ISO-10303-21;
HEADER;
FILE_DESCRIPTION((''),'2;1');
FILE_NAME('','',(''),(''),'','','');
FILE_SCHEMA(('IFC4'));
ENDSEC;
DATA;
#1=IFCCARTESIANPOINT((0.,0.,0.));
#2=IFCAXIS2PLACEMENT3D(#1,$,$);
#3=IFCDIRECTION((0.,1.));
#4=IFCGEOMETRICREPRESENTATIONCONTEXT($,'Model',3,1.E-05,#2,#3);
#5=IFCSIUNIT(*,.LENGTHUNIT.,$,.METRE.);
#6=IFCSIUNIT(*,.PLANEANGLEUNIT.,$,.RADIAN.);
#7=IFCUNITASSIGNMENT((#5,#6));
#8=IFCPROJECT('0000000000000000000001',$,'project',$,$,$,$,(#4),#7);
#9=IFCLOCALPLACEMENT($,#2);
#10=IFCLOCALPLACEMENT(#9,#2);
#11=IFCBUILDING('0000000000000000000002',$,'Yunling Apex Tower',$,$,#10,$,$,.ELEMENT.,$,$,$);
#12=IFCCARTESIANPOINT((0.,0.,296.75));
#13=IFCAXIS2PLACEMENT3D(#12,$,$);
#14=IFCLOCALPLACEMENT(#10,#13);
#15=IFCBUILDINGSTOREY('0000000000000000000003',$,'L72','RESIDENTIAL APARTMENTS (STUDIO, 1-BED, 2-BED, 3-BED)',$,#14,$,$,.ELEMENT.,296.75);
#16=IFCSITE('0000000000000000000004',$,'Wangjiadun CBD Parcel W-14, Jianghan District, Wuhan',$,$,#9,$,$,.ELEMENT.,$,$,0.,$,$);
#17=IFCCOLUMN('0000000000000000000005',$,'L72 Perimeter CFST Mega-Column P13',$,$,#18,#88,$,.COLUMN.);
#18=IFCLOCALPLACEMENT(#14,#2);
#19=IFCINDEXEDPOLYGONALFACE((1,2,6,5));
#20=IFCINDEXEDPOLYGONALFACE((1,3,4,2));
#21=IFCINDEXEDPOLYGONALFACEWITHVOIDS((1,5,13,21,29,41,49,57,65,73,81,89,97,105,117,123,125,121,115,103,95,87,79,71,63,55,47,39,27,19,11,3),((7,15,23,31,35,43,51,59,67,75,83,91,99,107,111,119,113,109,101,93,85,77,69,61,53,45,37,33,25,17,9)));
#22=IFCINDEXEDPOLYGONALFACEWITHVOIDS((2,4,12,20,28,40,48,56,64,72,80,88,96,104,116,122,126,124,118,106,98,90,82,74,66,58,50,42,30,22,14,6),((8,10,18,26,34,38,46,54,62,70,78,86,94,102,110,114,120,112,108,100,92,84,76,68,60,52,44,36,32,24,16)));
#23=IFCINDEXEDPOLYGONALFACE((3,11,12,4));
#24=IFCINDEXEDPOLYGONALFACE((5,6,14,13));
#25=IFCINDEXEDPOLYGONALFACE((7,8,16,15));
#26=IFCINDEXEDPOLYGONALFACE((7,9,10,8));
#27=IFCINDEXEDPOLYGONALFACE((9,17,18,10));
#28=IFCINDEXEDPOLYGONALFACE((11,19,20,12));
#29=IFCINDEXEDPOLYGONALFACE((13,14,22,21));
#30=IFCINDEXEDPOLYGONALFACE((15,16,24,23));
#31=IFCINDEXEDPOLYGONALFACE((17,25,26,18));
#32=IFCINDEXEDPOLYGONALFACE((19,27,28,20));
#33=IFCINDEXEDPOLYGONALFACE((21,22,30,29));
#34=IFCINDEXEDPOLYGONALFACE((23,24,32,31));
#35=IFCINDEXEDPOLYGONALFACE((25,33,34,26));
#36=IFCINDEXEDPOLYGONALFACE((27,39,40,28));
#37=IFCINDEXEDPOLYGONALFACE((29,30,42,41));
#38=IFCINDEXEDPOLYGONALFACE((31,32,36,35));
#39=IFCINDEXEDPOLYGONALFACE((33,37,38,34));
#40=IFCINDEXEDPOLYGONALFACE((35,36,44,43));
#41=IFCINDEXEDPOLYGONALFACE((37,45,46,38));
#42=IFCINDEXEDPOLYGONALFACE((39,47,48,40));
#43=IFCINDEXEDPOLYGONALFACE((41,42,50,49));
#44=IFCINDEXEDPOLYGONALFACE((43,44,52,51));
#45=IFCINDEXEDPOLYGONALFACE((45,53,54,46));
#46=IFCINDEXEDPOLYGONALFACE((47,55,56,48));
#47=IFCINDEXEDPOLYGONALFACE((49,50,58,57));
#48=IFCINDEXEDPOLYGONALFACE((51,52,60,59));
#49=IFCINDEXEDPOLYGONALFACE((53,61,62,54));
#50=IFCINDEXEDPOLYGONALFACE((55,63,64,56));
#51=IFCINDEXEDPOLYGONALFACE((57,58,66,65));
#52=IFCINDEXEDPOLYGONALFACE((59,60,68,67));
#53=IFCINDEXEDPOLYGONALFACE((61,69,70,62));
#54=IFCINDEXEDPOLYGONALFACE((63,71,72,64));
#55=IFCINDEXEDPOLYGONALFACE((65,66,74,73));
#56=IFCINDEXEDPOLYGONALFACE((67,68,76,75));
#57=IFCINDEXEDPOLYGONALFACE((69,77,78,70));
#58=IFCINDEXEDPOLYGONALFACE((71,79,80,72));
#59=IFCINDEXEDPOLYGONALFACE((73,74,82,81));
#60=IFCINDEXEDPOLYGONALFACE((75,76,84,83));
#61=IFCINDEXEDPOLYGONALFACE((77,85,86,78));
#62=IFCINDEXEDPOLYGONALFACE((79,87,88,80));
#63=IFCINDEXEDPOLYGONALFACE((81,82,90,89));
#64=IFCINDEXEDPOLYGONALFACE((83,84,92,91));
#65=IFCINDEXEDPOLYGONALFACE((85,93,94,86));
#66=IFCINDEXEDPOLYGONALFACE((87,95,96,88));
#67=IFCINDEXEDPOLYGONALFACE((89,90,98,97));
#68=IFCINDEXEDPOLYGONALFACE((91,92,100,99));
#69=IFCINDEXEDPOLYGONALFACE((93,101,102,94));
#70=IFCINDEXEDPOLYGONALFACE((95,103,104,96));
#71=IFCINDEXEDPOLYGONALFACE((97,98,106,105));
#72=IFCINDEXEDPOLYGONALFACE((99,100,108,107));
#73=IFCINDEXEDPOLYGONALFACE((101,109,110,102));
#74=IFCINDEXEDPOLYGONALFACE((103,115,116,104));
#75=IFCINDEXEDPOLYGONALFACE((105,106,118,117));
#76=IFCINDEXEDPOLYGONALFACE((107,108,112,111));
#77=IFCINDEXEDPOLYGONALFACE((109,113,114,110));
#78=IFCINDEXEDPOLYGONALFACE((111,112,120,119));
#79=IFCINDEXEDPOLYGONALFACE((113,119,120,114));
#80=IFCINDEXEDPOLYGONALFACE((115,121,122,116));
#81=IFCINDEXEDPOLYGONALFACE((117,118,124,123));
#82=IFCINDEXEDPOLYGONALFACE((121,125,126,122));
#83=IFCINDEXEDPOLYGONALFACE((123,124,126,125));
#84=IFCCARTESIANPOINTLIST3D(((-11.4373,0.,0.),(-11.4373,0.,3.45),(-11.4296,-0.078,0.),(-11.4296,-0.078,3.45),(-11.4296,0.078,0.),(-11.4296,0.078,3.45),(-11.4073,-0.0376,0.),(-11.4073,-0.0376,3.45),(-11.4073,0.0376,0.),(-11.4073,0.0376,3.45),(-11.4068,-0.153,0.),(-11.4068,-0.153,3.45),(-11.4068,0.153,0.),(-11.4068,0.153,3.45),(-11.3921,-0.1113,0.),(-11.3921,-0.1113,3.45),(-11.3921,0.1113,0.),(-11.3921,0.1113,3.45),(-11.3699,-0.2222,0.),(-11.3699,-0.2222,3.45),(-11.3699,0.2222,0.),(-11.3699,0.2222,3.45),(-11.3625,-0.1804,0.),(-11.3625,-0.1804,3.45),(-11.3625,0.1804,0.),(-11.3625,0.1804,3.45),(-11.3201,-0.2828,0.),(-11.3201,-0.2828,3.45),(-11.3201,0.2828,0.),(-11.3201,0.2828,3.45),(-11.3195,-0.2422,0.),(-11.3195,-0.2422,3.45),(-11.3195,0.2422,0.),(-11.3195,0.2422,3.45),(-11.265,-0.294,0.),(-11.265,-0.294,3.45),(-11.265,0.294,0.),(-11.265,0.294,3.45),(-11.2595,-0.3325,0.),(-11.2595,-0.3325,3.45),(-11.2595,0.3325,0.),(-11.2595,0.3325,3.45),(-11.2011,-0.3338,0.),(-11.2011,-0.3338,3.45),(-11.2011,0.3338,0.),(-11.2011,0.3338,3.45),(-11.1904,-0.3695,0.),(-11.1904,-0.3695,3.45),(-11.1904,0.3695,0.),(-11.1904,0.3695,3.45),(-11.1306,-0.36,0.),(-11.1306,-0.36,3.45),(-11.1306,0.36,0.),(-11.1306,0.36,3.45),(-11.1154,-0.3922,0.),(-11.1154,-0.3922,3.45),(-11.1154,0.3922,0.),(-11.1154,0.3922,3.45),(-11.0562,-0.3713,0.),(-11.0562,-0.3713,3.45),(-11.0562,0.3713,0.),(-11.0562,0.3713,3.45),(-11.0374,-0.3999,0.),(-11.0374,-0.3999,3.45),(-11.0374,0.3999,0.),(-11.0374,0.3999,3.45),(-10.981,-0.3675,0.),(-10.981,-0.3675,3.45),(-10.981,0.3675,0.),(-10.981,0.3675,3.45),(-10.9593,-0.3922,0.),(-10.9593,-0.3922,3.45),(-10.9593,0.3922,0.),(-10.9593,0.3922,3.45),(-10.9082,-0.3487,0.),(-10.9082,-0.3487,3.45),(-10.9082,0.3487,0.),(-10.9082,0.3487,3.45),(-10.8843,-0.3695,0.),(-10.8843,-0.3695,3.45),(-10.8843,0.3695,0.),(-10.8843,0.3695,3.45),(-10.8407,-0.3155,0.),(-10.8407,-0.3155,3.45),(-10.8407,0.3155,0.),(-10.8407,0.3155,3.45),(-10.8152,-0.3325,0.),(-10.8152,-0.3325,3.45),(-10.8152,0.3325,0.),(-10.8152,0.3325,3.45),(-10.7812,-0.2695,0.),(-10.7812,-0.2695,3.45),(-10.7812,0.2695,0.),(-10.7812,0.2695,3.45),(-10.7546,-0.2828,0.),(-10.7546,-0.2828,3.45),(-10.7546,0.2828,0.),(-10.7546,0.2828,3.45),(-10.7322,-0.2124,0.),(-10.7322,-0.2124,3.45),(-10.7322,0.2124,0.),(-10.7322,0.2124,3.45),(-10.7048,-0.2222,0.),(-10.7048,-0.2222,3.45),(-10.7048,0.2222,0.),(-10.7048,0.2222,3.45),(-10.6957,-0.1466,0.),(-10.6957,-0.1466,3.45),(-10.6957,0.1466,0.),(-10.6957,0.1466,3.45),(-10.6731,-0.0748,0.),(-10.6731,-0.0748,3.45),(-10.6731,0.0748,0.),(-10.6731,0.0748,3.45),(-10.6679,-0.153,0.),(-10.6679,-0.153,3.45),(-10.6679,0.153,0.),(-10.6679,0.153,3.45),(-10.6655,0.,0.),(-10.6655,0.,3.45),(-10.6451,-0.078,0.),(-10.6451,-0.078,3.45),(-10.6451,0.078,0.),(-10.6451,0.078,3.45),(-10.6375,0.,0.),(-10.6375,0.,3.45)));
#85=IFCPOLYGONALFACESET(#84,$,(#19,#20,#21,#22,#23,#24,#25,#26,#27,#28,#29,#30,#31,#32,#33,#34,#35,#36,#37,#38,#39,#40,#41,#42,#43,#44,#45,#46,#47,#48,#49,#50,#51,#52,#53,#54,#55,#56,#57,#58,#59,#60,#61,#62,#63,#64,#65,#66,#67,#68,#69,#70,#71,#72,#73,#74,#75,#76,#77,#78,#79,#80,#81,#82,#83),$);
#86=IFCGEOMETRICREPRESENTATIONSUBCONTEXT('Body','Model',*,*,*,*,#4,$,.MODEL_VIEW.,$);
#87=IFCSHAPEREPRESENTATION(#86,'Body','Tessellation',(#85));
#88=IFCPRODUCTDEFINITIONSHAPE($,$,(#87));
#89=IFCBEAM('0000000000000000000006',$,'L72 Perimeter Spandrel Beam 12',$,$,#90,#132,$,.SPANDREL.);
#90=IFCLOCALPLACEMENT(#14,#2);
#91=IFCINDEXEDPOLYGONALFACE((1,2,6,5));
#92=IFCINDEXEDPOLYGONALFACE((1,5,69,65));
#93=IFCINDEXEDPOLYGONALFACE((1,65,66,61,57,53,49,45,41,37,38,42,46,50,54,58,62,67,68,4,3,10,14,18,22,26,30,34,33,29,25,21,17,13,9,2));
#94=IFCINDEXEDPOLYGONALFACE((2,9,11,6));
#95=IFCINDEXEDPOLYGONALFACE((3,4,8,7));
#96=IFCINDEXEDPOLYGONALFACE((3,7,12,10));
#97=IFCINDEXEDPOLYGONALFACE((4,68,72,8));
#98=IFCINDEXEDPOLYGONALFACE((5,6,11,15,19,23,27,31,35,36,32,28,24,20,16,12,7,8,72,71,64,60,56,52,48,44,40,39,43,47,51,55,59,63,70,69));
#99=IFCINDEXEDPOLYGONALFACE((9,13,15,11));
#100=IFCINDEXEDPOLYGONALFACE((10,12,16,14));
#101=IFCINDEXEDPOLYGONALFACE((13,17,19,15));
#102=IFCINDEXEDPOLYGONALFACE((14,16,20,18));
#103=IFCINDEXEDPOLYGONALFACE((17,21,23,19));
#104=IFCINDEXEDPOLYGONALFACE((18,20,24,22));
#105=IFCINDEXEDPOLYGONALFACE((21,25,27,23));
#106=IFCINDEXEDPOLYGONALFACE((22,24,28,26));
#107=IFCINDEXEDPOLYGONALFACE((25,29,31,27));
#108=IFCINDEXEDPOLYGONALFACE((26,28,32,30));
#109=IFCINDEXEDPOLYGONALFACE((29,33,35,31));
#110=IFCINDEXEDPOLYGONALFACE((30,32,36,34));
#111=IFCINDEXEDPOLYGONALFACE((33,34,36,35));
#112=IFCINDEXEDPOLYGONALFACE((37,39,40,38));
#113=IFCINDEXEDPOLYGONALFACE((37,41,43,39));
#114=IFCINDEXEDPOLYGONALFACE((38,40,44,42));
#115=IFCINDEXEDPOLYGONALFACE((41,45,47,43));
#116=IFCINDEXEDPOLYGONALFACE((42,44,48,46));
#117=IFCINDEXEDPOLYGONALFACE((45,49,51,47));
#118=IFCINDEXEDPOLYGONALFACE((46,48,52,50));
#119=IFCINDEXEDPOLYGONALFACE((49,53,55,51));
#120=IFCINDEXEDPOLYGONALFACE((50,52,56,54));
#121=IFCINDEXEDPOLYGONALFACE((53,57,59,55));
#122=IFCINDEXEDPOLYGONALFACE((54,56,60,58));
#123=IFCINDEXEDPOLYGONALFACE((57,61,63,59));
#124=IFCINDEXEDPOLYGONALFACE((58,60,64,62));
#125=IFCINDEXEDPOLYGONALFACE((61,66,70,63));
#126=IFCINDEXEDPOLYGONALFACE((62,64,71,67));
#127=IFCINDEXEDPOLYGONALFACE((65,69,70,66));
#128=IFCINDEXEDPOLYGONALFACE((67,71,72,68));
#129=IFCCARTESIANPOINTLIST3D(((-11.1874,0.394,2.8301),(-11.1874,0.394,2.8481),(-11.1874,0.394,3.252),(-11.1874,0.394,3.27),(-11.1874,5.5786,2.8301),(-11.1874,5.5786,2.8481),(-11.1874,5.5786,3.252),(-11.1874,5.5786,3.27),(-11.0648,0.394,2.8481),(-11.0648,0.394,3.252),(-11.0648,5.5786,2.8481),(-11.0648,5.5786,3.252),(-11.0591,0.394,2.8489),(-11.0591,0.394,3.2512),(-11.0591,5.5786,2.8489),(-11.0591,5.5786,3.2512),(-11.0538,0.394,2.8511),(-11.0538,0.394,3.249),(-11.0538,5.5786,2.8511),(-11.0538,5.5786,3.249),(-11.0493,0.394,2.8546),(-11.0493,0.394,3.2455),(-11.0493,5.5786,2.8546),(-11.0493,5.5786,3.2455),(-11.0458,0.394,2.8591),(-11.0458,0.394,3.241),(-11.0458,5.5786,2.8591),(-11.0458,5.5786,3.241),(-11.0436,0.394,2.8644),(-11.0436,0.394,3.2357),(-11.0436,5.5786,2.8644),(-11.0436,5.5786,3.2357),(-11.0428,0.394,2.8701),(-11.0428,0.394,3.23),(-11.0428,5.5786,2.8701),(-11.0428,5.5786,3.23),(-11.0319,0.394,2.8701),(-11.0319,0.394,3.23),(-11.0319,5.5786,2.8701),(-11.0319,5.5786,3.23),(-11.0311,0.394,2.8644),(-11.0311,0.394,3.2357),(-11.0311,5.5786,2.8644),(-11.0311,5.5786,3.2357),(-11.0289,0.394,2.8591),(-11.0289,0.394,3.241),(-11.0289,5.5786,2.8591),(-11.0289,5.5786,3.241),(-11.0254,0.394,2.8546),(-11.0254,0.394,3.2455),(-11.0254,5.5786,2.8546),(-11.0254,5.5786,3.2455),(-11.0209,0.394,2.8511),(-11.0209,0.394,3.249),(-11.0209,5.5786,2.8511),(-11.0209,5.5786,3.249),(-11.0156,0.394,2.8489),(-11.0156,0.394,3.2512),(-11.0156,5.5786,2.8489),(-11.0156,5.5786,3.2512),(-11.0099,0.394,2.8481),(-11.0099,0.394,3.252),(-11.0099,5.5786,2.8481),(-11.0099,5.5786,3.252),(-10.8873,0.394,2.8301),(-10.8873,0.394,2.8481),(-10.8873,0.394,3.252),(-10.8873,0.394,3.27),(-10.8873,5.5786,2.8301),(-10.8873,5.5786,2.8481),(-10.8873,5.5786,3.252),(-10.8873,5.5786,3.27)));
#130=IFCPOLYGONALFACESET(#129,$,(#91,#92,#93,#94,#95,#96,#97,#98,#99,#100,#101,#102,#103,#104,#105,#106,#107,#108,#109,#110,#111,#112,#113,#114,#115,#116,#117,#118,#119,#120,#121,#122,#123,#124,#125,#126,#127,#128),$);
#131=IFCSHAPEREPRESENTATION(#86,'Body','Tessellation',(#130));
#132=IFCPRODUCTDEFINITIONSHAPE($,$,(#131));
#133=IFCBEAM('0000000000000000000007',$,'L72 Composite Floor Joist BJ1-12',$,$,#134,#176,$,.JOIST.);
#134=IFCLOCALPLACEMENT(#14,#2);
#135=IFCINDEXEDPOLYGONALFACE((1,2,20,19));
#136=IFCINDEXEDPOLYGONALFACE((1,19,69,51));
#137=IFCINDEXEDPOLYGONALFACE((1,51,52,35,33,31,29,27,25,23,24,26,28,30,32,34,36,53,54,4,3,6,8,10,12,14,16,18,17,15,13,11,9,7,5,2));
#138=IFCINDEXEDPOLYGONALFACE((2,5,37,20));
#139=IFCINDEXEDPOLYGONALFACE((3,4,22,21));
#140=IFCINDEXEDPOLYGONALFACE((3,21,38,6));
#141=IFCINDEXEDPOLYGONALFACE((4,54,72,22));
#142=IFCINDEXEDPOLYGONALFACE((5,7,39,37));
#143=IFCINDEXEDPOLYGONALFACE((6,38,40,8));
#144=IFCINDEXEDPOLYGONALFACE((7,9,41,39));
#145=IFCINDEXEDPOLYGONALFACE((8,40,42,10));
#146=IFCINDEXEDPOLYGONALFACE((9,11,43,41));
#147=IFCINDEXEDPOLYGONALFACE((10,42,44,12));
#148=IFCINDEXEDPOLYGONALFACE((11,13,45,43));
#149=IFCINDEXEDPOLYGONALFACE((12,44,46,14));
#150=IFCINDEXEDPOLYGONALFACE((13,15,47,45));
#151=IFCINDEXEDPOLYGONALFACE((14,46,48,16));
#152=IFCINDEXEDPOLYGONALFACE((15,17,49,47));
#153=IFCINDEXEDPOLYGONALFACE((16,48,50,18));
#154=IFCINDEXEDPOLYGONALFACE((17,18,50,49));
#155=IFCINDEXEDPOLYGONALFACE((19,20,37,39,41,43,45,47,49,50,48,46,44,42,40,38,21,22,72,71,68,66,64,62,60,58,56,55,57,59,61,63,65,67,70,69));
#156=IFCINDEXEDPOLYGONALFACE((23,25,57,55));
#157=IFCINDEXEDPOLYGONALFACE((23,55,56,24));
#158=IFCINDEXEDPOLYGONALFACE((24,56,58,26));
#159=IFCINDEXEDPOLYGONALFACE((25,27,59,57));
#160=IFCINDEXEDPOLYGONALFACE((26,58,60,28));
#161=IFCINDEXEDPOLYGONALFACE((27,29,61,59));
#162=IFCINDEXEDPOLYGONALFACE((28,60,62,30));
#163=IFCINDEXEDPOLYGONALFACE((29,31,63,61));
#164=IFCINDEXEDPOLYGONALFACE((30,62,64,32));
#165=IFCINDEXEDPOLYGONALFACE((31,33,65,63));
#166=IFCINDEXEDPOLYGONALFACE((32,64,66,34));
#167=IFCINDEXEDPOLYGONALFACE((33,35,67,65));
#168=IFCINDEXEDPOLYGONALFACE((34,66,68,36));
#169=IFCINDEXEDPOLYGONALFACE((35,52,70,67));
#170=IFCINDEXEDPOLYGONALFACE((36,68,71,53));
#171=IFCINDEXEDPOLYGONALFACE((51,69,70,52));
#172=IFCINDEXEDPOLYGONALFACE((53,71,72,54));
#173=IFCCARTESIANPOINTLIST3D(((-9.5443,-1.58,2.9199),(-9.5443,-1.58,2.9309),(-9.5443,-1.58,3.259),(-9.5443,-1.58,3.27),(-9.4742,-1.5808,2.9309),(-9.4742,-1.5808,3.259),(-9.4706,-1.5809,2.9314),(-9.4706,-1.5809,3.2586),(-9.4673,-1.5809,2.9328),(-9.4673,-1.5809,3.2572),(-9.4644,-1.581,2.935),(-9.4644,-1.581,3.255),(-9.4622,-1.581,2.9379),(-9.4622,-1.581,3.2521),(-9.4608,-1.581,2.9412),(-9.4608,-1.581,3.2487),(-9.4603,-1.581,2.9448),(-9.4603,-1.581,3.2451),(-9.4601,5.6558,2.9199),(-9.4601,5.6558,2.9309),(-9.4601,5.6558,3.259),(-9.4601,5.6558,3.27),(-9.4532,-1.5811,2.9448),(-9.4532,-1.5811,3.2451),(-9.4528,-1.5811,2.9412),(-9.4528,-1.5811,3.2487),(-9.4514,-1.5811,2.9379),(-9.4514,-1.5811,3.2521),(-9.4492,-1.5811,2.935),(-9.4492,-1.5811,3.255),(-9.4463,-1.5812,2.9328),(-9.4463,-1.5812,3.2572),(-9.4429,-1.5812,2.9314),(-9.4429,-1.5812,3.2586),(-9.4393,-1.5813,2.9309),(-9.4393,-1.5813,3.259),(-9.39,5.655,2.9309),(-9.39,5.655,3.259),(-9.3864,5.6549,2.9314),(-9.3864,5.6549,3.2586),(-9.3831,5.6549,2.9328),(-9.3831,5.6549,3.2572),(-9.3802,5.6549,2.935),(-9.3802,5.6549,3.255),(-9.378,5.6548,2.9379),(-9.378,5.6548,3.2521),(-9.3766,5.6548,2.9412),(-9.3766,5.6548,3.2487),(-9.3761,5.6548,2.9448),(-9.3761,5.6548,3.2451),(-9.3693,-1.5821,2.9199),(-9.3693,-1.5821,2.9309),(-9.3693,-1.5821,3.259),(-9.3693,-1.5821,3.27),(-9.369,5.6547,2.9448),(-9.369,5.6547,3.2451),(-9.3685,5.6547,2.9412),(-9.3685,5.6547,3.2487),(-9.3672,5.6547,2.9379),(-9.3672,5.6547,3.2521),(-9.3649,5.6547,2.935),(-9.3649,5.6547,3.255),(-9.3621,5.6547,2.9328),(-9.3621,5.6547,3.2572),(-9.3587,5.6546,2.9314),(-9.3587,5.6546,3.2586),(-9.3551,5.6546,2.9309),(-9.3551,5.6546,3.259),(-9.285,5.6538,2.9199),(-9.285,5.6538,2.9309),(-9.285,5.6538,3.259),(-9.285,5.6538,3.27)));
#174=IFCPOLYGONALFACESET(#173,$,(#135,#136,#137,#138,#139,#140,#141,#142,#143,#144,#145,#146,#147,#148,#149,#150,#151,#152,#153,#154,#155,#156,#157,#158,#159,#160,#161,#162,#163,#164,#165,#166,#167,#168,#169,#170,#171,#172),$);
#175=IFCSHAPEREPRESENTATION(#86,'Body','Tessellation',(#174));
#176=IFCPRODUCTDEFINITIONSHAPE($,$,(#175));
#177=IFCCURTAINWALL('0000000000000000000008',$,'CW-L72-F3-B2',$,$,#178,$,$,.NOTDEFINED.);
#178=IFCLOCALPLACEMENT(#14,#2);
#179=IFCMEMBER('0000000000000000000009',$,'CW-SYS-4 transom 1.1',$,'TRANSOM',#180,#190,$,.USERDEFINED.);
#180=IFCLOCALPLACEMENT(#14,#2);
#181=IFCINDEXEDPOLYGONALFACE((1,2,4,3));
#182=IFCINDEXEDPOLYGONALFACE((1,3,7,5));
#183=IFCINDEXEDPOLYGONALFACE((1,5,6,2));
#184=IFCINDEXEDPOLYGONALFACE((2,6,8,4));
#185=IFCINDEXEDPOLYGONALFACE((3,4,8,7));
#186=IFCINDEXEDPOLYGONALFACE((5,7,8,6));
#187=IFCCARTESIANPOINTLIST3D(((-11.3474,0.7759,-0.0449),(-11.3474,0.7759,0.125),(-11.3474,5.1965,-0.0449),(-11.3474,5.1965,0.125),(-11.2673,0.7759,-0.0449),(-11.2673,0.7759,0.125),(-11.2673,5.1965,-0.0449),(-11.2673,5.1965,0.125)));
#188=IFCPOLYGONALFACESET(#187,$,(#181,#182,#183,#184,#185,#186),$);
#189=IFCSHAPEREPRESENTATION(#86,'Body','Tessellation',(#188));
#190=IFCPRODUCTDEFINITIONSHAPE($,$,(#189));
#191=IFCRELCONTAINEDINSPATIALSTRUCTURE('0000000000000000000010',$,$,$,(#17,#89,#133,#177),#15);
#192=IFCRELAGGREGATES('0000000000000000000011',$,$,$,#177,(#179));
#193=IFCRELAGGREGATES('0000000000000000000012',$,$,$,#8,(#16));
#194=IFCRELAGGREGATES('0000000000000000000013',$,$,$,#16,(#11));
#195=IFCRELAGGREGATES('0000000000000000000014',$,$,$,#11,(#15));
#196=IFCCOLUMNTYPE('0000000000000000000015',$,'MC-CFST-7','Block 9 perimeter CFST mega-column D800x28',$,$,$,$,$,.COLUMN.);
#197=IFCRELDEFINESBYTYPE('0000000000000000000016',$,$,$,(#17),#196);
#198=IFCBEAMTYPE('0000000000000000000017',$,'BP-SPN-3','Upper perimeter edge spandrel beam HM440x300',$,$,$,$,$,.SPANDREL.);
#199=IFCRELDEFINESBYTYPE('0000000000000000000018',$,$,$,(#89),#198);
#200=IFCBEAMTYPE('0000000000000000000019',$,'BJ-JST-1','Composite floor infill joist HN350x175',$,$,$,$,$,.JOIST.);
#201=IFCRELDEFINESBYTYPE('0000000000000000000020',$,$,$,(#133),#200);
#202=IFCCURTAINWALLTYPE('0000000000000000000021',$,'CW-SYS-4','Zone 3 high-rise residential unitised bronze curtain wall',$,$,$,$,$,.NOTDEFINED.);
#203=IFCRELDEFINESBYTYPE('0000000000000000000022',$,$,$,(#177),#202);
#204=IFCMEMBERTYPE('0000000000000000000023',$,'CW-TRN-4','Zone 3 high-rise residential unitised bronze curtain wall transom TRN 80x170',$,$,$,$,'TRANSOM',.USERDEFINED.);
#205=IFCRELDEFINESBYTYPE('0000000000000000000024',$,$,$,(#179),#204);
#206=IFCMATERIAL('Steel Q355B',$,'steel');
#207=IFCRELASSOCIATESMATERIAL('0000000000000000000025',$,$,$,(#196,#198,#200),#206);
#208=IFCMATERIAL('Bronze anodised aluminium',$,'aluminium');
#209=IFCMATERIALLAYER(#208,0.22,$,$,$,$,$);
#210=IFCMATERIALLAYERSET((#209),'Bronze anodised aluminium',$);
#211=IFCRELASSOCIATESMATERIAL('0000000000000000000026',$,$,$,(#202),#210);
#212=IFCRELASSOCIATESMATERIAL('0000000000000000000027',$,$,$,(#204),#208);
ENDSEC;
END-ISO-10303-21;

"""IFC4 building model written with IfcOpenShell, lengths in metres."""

from ifc_helpers import new_model, si_unit, direction, frame, origin, origin_2d, place, context, subcontext, project, spatial, rectangle, hollow_circle, i_section, extrude, source, transform, mapped, material, layer, layer_set, material_profile, profile_set, type_object, element, aggregate, save


model = new_model("IFC4")

# Units and contexts
model_context = context("Model", 3, precision=1e-05, world=origin(), true_north=direction((0.0, 1.0)))
body_context = subcontext(model_context, "Body", "Model", "MODEL_VIEW")
ifc_project = project(units=[si_unit("LENGTHUNIT", "METRE"), si_unit("PLANEANGLEUNIT", "RADIAN")], contexts=[model_context])

# Site, building, storey
site_placement = place(None, origin())
site = spatial("IfcSite", under=ifc_project, at=site_placement, Name="Wangjiadun CBD Parcel W-14, Jianghan District, Wuhan", CompositionType="ELEMENT", RefElevation=0.0)
building_placement = place(site_placement, origin())
building = spatial("IfcBuilding", under=site, at=building_placement, Name="Yunling Apex Tower", CompositionType="ELEMENT")
storey_placement = place(building_placement, frame((0.0, 0.0, 296.75)))
storey = spatial("IfcBuildingStorey", under=building, at=storey_placement, Name="L72", Description="RESIDENTIAL APARTMENTS (STUDIO, 1-BED, 2-BED, 3-BED)", CompositionType="ELEMENT", Elevation=296.75)

# Column
ifc_material_1 = material(Name="Steel Q355B", Category="steel")
ifc_material_profile_1 = material_profile(ifc_material_1, hollow_circle(Radius=0.3999, WallThickness=0.0281, at=origin_2d()))
ifc_profile_set_1 = profile_set([ifc_material_profile_1], Name="Steel Q355B")
column_type = type_object("IfcColumnType", Name="MC-CFST-7", Description="Block 9 perimeter CFST mega-column D800x28", PredefinedType="COLUMN", material=ifc_profile_set_1)
shared_shape_1 = source(origin(), body_context, "Body", "SweptSolid", [
    extrude(hollow_circle(Radius=0.3999, WallThickness=0.0281, at=origin_2d()), origin(), (0.0, 0.0, 1.0), 3.45),
])
column_placement = place(storey_placement, frame((-11.0374, 0.0, 0.0), z_axis=(0.0, 0.0, 1.0), x_axis=(1.0, 0.0, 0.0)))
element("IfcColumn", 1, at=column_placement, inside=storey, type_object=column_type, Name="L72 Perimeter CFST Mega-Column P13", PredefinedType="COLUMN", context=body_context, shape_type="MappedRepresentation", body=[
    mapped(shared_shape_1, transform((0.0, 0.0, 0.0), scale=1.0)),
])

# Beams
ifc_material_profile_2 = material_profile(ifc_material_1, i_section(OverallWidth=0.3, OverallDepth=0.4399, WebThickness=0.011, FlangeThickness=0.0181, FilletRadius=0.022, at=origin_2d()))
ifc_profile_set_2 = profile_set([ifc_material_profile_2], Name="Steel Q355B")
beam_type_1 = type_object("IfcBeamType", Name="BP-SPN-3", Description="Upper perimeter edge spandrel beam HM440x300", PredefinedType="SPANDREL", material=ifc_profile_set_2)
shared_shape_2 = source(origin(), body_context, "Body", "SweptSolid", [
    extrude(i_section(OverallWidth=0.3, OverallDepth=0.4399, WebThickness=0.011, FlangeThickness=0.0181, FilletRadius=0.022, at=origin_2d()), origin(), (0.0, 0.0, 1.0), 5.1846),
])
beam_1_placement = place(storey_placement, frame((-11.0374, 5.5786, 3.05), z_axis=(0.0, -1.0, 0.0), x_axis=(1.0, 0.0, 0.0)))
element("IfcBeam", 2, at=beam_1_placement, inside=storey, type_object=beam_type_1, Name="L72 Perimeter Spandrel Beam 12", PredefinedType="SPANDREL", context=body_context, shape_type="MappedRepresentation", body=[
    mapped(shared_shape_2, transform((0.0, 0.0, 0.0), scale=1.0)),
])
ifc_material_profile_3 = material_profile(ifc_material_1, i_section(OverallWidth=0.175, OverallDepth=0.3501, WebThickness=0.0071, FlangeThickness=0.011, FilletRadius=0.0139, at=origin_2d()))
ifc_profile_set_3 = profile_set([ifc_material_profile_3], Name="Steel Q355B")
beam_type_2 = type_object("IfcBeamType", Name="BJ-JST-1", Description="Composite floor infill joist HN350x175", PredefinedType="JOIST", material=ifc_profile_set_3)
shared_shape_3 = source(origin(), body_context, "Body", "SweptSolid", [
    extrude(i_section(OverallWidth=0.175, OverallDepth=0.3501, WebThickness=0.0071, FlangeThickness=0.011, FilletRadius=0.0139, at=origin_2d()), origin(), (0.0, 0.0, 1.0), 7.2363),
])
beam_2_placement = place(storey_placement, frame((-9.3726, 5.6548, 3.095), z_axis=(-0.01164, -0.999932, 0.0), x_axis=(0.999932, -0.01164, 0.0)))
element("IfcBeam", 3, at=beam_2_placement, inside=storey, type_object=beam_type_2, Name="L72 Composite Floor Joist BJ1-12", PredefinedType="JOIST", context=body_context, shape_type="MappedRepresentation", body=[
    mapped(shared_shape_3, transform((0.0, 0.0, 0.0), scale=1.0)),
])

# Curtain wall, member
ifc_material_2 = material(Name="Bronze anodised aluminium", Category="aluminium")
ifc_layer_1 = layer(ifc_material_2, 0.22)
ifc_layer_set_1 = layer_set([ifc_layer_1], Name="Bronze anodised aluminium")
curtain_wall_type = type_object("IfcCurtainWallType", Name="CW-SYS-4", Description="Zone 3 high-rise residential unitised bronze curtain wall", PredefinedType="NOTDEFINED", material=ifc_layer_set_1)
curtain_wall_placement = place(storey_placement, origin())
curtain_wall = element("IfcCurtainWall", 4, at=curtain_wall_placement, inside=storey, type_object=curtain_wall_type, Name="CW-L72-F3-B2", PredefinedType="NOTDEFINED")
ifc_material_profile_4 = material_profile(ifc_material_2, rectangle(XDim=0.0801, YDim=0.1699, at=origin_2d()))
ifc_profile_set_4 = profile_set([ifc_material_profile_4], Name="Bronze anodised aluminium")
member_type_1 = type_object("IfcMemberType", Name="CW-TRN-4", Description="Zone 3 high-rise residential unitised bronze curtain wall transom TRN 80x170", ElementType="TRANSOM", PredefinedType="USERDEFINED", material=ifc_profile_set_4)
shared_shape_4 = source(origin(), body_context, "Body", "SweptSolid", [
    extrude(rectangle(XDim=0.0801, YDim=0.1699, at=origin_2d()), origin(), (0.0, 0.0, 1.0), 4.4207),
])
member_1_placement = place(storey_placement, frame((-11.3074, 5.1965, 0.04), z_axis=(0.0, -1.0, 0.0), x_axis=(1.0, 0.0, 0.0)))
member_1 = element("IfcMember", 5, at=member_1_placement, type_object=member_type_1, Name="CW-SYS-4 transom 1.1", ObjectType="TRANSOM", PredefinedType="USERDEFINED", context=body_context, shape_type="MappedRepresentation", body=[
    mapped(shared_shape_4, transform((0.0, 0.0, 0.0), scale=1.0)),
])
aggregate(curtain_wall, [member_1])

save(model, "model.ifc")
